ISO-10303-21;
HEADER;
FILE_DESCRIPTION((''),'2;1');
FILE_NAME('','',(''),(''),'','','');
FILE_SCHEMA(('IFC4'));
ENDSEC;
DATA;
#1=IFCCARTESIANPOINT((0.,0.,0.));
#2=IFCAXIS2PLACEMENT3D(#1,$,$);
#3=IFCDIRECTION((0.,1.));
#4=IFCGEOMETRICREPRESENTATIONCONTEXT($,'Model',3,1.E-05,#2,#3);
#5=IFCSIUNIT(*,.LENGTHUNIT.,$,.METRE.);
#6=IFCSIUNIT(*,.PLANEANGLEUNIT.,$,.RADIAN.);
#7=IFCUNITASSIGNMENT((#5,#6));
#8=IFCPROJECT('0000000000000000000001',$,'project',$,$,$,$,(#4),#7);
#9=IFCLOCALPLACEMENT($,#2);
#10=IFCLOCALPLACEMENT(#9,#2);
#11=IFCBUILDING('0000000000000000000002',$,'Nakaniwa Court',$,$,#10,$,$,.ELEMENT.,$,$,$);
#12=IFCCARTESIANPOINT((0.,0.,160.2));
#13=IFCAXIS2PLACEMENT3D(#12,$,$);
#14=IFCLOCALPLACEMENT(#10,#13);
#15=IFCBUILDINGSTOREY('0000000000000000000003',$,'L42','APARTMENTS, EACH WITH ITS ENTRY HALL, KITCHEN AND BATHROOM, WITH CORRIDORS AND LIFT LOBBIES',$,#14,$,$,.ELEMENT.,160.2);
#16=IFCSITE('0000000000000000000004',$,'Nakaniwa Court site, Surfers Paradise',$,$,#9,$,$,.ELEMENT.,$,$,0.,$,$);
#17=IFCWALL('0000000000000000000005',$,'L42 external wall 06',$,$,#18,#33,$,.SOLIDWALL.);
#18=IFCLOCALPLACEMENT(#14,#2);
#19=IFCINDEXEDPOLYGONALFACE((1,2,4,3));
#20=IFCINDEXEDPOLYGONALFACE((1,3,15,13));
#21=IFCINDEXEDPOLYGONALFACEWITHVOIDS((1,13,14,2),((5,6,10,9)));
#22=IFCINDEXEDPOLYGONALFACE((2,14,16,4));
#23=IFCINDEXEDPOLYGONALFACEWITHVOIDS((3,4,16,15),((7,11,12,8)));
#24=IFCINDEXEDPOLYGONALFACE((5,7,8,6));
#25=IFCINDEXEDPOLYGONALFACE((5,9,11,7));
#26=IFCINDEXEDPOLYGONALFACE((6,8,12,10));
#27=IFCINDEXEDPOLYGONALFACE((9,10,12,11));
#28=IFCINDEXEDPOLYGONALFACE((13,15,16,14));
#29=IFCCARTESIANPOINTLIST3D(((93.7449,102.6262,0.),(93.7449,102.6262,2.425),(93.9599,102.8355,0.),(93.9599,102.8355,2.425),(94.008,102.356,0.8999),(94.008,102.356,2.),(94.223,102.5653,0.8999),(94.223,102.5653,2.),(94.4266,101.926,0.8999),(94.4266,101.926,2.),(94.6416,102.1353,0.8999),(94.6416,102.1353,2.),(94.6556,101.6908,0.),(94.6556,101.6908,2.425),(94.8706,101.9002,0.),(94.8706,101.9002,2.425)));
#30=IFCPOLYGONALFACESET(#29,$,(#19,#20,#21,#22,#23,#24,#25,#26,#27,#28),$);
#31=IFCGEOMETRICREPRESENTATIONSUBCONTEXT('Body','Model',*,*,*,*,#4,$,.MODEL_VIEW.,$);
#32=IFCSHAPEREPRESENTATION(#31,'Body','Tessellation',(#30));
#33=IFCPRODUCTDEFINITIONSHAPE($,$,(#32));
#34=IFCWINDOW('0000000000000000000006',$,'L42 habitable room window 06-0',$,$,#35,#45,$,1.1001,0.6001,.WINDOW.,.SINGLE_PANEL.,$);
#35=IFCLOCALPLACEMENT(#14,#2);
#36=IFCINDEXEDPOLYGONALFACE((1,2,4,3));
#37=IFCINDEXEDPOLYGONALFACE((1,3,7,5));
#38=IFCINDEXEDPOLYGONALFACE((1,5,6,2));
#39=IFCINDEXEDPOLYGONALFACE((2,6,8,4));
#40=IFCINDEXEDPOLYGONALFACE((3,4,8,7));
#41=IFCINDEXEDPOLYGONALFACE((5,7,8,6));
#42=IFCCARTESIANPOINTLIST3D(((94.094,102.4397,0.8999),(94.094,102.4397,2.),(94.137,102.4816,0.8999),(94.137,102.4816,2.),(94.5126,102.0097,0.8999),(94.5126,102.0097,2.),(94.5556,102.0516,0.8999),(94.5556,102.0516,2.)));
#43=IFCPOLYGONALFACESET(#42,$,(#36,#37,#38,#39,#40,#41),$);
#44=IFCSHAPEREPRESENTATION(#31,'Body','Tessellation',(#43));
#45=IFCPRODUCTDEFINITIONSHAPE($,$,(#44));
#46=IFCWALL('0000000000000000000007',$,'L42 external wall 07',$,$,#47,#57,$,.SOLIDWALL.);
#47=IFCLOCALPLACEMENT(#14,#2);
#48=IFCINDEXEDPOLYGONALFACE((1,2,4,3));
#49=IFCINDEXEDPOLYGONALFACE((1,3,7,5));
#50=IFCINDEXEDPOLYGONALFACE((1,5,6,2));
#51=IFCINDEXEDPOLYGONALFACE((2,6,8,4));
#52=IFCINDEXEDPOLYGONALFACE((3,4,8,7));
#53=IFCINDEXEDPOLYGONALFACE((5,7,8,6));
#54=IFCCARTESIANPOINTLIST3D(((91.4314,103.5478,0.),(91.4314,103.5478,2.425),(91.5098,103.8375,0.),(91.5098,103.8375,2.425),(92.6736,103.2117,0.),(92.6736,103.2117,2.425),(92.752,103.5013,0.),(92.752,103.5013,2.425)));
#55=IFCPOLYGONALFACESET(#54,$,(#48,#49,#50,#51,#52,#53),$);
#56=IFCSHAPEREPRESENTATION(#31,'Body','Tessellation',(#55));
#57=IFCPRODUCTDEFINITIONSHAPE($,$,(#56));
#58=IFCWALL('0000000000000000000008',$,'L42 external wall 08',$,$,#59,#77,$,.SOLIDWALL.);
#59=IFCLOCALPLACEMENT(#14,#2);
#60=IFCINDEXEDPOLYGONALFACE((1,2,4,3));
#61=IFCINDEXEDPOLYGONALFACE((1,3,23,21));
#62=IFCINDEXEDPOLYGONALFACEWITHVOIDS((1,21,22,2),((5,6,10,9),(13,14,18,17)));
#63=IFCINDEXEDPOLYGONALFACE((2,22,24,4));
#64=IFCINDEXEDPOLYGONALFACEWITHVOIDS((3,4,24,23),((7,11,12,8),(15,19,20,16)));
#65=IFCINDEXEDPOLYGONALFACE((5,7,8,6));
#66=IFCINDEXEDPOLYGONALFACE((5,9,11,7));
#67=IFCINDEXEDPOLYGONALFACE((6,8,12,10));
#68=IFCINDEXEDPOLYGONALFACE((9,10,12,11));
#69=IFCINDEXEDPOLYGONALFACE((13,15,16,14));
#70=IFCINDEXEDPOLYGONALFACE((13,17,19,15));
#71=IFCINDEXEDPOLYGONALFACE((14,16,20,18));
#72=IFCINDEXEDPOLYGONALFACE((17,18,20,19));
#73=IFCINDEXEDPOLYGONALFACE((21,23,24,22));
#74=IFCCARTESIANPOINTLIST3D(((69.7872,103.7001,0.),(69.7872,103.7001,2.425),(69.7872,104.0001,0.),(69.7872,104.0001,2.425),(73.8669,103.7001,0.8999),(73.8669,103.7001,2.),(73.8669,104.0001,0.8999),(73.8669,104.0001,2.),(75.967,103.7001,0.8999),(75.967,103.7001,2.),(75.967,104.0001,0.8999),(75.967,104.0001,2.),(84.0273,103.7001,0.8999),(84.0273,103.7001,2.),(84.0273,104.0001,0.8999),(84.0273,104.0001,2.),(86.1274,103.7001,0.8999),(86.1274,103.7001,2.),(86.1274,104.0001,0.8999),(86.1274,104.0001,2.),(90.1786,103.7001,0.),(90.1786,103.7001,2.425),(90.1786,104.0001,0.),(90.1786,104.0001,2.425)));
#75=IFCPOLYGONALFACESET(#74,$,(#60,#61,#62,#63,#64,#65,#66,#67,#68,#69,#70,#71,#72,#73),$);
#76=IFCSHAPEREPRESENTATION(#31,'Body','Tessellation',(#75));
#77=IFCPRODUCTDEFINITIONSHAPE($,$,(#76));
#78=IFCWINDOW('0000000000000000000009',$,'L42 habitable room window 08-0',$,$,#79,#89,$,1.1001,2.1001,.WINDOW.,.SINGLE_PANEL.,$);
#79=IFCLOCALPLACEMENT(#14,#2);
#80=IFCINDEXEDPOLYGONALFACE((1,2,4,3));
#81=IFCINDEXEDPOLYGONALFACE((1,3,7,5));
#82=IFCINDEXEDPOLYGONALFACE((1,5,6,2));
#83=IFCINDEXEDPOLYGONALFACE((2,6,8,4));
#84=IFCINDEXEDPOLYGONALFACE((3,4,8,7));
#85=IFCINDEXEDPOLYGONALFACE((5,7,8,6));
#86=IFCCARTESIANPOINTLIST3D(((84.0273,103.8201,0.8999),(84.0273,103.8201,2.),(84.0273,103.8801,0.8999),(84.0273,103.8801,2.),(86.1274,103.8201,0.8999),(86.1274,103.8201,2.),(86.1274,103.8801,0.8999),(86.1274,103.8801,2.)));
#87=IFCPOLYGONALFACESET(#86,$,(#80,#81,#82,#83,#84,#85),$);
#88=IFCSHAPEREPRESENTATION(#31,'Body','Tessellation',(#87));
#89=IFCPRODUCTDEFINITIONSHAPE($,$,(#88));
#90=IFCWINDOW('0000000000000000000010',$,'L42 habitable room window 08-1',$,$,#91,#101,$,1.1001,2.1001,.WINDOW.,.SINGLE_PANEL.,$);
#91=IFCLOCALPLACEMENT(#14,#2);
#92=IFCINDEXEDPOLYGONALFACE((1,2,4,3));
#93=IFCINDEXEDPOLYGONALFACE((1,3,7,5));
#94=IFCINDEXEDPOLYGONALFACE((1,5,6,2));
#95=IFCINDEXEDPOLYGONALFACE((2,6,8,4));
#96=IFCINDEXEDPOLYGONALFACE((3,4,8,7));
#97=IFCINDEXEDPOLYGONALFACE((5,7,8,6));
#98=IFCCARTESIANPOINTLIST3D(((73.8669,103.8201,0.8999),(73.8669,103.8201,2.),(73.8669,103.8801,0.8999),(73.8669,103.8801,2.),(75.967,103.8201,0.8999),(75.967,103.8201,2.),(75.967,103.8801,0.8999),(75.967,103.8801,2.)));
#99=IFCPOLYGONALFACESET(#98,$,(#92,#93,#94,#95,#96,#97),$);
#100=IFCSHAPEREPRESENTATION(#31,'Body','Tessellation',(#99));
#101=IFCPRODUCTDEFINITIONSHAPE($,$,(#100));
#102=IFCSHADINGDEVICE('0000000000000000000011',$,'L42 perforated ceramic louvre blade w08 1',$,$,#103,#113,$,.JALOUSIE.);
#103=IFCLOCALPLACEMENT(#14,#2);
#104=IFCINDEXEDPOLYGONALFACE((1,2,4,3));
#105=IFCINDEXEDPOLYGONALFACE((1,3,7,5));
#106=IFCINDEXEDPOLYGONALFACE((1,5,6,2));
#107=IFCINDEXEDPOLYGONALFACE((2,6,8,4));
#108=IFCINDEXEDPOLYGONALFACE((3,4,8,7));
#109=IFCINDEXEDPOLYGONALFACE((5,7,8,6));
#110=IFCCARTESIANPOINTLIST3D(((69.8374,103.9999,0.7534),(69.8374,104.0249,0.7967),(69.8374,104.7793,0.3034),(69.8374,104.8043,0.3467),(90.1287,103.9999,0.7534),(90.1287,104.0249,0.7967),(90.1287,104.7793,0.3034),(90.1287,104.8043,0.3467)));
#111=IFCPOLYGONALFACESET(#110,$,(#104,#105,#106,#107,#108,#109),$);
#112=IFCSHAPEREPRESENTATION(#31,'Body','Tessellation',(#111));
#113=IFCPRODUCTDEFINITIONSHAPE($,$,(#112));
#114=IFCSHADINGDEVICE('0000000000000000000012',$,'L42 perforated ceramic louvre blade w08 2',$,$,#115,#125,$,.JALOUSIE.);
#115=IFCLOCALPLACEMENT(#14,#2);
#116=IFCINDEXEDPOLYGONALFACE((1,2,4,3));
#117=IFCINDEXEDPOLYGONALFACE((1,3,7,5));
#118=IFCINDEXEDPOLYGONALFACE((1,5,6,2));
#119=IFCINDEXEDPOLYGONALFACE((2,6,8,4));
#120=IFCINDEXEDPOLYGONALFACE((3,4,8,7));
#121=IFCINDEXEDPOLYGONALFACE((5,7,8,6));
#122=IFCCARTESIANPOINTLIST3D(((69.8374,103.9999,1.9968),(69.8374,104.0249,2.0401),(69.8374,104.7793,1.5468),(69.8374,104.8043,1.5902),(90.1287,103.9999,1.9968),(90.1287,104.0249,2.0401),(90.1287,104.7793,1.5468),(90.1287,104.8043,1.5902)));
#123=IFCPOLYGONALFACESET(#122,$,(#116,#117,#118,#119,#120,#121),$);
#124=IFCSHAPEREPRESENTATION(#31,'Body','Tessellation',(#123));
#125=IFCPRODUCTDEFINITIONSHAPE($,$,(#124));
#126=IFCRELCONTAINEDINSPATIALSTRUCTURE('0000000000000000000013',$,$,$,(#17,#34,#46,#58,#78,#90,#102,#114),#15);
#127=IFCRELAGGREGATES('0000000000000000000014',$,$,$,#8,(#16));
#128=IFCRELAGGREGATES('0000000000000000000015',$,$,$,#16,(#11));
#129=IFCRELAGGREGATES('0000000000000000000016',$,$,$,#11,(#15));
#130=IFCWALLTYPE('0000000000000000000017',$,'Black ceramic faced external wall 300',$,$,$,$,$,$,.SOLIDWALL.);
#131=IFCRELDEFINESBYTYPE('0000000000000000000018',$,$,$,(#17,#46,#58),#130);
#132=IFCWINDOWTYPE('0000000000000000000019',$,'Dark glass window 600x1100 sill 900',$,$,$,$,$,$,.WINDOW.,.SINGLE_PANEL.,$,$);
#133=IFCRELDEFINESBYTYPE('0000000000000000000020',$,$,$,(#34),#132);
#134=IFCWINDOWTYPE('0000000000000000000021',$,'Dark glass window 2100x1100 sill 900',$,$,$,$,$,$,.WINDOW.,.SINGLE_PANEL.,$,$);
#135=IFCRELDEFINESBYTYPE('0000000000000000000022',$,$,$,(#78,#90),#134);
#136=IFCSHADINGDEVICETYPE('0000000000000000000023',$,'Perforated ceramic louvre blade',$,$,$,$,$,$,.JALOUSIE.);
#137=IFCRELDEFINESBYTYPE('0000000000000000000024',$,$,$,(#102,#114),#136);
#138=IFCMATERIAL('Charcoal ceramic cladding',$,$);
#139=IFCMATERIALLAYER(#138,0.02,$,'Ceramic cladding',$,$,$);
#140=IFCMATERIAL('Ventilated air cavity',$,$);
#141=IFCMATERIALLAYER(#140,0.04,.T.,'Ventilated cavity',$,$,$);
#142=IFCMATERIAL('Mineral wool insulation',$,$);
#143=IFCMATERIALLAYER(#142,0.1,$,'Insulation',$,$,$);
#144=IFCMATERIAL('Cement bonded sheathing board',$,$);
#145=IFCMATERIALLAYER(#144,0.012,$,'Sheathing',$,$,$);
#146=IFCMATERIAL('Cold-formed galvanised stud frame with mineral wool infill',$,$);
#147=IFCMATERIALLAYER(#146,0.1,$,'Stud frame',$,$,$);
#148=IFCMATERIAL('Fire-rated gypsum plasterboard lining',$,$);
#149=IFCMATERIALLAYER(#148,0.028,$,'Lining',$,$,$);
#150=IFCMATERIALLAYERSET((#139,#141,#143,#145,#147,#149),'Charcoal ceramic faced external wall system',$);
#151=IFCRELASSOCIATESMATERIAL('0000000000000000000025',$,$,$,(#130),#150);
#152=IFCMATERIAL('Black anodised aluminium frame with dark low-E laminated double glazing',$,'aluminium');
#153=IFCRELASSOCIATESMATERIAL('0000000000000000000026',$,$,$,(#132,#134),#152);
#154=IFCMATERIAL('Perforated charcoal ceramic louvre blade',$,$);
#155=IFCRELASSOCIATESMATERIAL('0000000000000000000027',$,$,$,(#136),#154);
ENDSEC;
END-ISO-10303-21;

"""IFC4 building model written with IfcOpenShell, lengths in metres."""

from ifc_helpers import new_model, si_unit, direction, frame, frame_2d, origin, origin_2d, place, context, subcontext, project, spatial, rectangle, extrude, material, layer, layer_set, material_profile, profile_set, type_object, element, fill, save


model = new_model("IFC4")

# Units and contexts
model_context = context("Model", 3, precision=1e-05, world=origin(), true_north=direction((0.0, 1.0)))
body_context = subcontext(model_context, "Body", "Model", "MODEL_VIEW")
ifc_project = project(units=[si_unit("LENGTHUNIT", "METRE"), si_unit("PLANEANGLEUNIT", "RADIAN")], contexts=[model_context])

# Site, building, storey
site_placement = place(None, origin())
site = spatial("IfcSite", under=ifc_project, at=site_placement, Name="Nakaniwa Court site, Surfers Paradise", CompositionType="ELEMENT", RefElevation=0.0)
building_placement = place(site_placement, origin())
building = spatial("IfcBuilding", under=site, at=building_placement, Name="Nakaniwa Court", CompositionType="ELEMENT")
storey_placement = place(building_placement, frame((0.0, 0.0, 160.2)))
storey = spatial("IfcBuildingStorey", under=building, at=storey_placement, Name="L42", Description="APARTMENTS, EACH WITH ITS ENTRY HALL, KITCHEN AND BATHROOM, WITH CORRIDORS AND LIFT LOBBIES", CompositionType="ELEMENT", Elevation=160.2)

# Wall, opening, window
ifc_material_1 = material(Name="Charcoal ceramic cladding")
ifc_layer_1 = layer(ifc_material_1, 0.02, Name="Ceramic cladding")
ifc_material_2 = material(Name="Ventilated air cavity")
ifc_layer_2 = layer(ifc_material_2, 0.04, ventilated=True, Name="Ventilated cavity")
ifc_material_3 = material(Name="Mineral wool insulation")
ifc_layer_3 = layer(ifc_material_3, 0.1, Name="Insulation")
ifc_material_4 = material(Name="Cement bonded sheathing board")
ifc_layer_4 = layer(ifc_material_4, 0.012, Name="Sheathing")
ifc_material_5 = material(Name="Cold-formed galvanised stud frame with mineral wool infill")
ifc_layer_5 = layer(ifc_material_5, 0.1, Name="Stud frame")
ifc_material_6 = material(Name="Fire-rated gypsum plasterboard lining")
ifc_layer_6 = layer(ifc_material_6, 0.028, Name="Lining")
ifc_layer_set_1 = layer_set([ifc_layer_1, ifc_layer_2, ifc_layer_3, ifc_layer_4, ifc_layer_5, ifc_layer_6], Name="Charcoal ceramic faced external wall system")
wall_type_1 = type_object("IfcWallType", Name="Black ceramic faced external wall 300", PredefinedType="SOLIDWALL", material=ifc_layer_set_1)
wall_1_placement = place(storey_placement, frame((94.7632, 101.7954, 0.0), z_axis=(0.0, 0.0, 1.0), x_axis=(-0.697599, 0.716488, 0.0)))
wall_1 = element("IfcWall", 1, at=wall_1_placement, inside=storey, type_object=wall_type_1, Name="L42 external wall 06", PredefinedType="SOLIDWALL", context=body_context, shape_type="SweptSolid", body=[
    extrude(rectangle(XDim=1.3054, YDim=0.3, at=frame_2d((0.6528, 0.0))), origin(), (0.0, 0.0, 1.0), 2.425),
])
opening_1_placement = place(wall_1_placement, frame((0.3284, 0.0, 0.8999)))
opening_1 = element("IfcOpeningElement", 2, at=opening_1_placement, cuts=wall_1, PredefinedType="OPENING", context=body_context, shape_type="SweptSolid", body=[
    extrude(rectangle(XDim=0.6001, YDim=1.1001, at=frame_2d((0.3, 0.55))), frame((0.0, 0.1599, 0.0), z_axis=(0.0, -1.0, 0.0), x_axis=(1.0, 0.0, 0.0)), (0.0, 0.0, 1.0), 0.3201),
])
ifc_material_7 = material(Name="Black anodised aluminium frame with dark low-E laminated double glazing", Category="aluminium")
window_type_1 = type_object("IfcWindowType", Name="Dark glass window 600x1100 sill 900", PartitioningType="SINGLE_PANEL", PredefinedType="WINDOW", material=ifc_material_7)
window_1_placement = place(opening_1_placement, origin())
window_1 = element("IfcWindow", 3, at=window_1_placement, inside=storey, type_object=window_type_1, Name="L42 habitable room window 06-0", OverallHeight=1.1001, OverallWidth=0.6001, PartitioningType="SINGLE_PANEL", PredefinedType="WINDOW", context=body_context, shape_type="SweptSolid", body=[
    extrude(rectangle(XDim=0.6001, YDim=1.1001, at=frame_2d((0.3, 0.55))), frame((0.0, 0.03, 0.0), z_axis=(0.0, -1.0, 0.0), x_axis=(1.0, 0.0, 0.0)), (0.0, 0.0, 1.0), 0.0601),
])
fill(opening_1, window_1)

# Wall
wall_2_placement = place(storey_placement, frame((92.7129, 103.3564, 0.0), z_axis=(0.0, 0.0, 1.0), x_axis=(-0.965274, 0.261239, 0.0)))
element("IfcWall", 4, at=wall_2_placement, inside=storey, type_object=wall_type_1, Name="L42 external wall 07", PredefinedType="SOLIDWALL", context=body_context, shape_type="SweptSolid", body=[
    extrude(rectangle(XDim=1.2869, YDim=0.3, at=frame_2d((0.6436, 0.0))), origin(), (0.0, 0.0, 1.0), 2.425),
])

# Wall, openings, windows
wall_3_placement = place(storey_placement, frame((90.1787, 103.8501, 0.0), z_axis=(0.0, 0.0, 1.0), x_axis=(-1.0, 0.0, 0.0)))
wall_3 = element("IfcWall", 5, at=wall_3_placement, inside=storey, type_object=wall_type_1, Name="L42 external wall 08", PredefinedType="SOLIDWALL", context=body_context, shape_type="SweptSolid", body=[
    extrude(rectangle(XDim=20.3914, YDim=0.3, at=frame_2d((10.1958, 0.0))), origin(), (0.0, 0.0, 1.0), 2.425),
])
opening_2_placement = place(wall_3_placement, frame((4.0513, 0.0, 0.8999)))
opening_2 = element("IfcOpeningElement", 6, at=opening_2_placement, cuts=wall_3, PredefinedType="OPENING", context=body_context, shape_type="SweptSolid", body=[
    extrude(rectangle(XDim=2.1001, YDim=1.1001, at=frame_2d((1.05, 0.55))), frame((0.0, 0.1599, 0.0), z_axis=(0.0, -1.0, 0.0), x_axis=(1.0, 0.0, 0.0)), (0.0, 0.0, 1.0), 0.3201),
])
opening_3_placement = place(wall_3_placement, frame((14.2117, 0.0, 0.8999)))
opening_3 = element("IfcOpeningElement", 7, at=opening_3_placement, cuts=wall_3, PredefinedType="OPENING", context=body_context, shape_type="SweptSolid", body=[
    extrude(rectangle(XDim=2.1001, YDim=1.1001, at=frame_2d((1.05, 0.55))), frame((0.0, 0.1599, 0.0), z_axis=(0.0, -1.0, 0.0), x_axis=(1.0, 0.0, 0.0)), (0.0, 0.0, 1.0), 0.3201),
])
window_type_2 = type_object("IfcWindowType", Name="Dark glass window 2100x1100 sill 900", PartitioningType="SINGLE_PANEL", PredefinedType="WINDOW", material=ifc_material_7)
window_2_placement = place(opening_2_placement, origin())
window_2 = element("IfcWindow", 8, at=window_2_placement, inside=storey, type_object=window_type_2, Name="L42 habitable room window 08-0", OverallHeight=1.1001, OverallWidth=2.1001, PartitioningType="SINGLE_PANEL", PredefinedType="WINDOW", context=body_context, shape_type="SweptSolid", body=[
    extrude(rectangle(XDim=2.1001, YDim=1.1001, at=frame_2d((1.05, 0.55))), frame((0.0, 0.03, 0.0), z_axis=(0.0, -1.0, 0.0), x_axis=(1.0, 0.0, 0.0)), (0.0, 0.0, 1.0), 0.0601),
])
fill(opening_2, window_2)
window_3_placement = place(opening_3_placement, origin())
window_3 = element("IfcWindow", 9, at=window_3_placement, inside=storey, type_object=window_type_2, Name="L42 habitable room window 08-1", OverallHeight=1.1001, OverallWidth=2.1001, PartitioningType="SINGLE_PANEL", PredefinedType="WINDOW", context=body_context, shape_type="SweptSolid", body=[
    extrude(rectangle(XDim=2.1001, YDim=1.1001, at=frame_2d((1.05, 0.55))), frame((0.0, 0.03, 0.0), z_axis=(0.0, -1.0, 0.0), x_axis=(1.0, 0.0, 0.0)), (0.0, 0.0, 1.0), 0.0601),
])
fill(opening_3, window_3)

# Shading devices
ifc_material_8 = material(Name="Perforated charcoal ceramic louvre blade")
ifc_material_profile_1 = material_profile(ifc_material_8, rectangle(XDim=0.8999, YDim=0.05, at=origin_2d()), Name="Perforated ceramic louvre blade")
ifc_profile_set_1 = profile_set([ifc_material_profile_1], Name="Perforated charcoal ceramic louvre blade")
shading_device_type = type_object("IfcShadingDeviceType", Name="Perforated ceramic louvre blade", PredefinedType="JALOUSIE", material=ifc_profile_set_1)
for number, where, z_axis, x_axis, name in (
    (10, (90.1287, 104.4021, 0.55), (-1.0, 0.0, 0.0), (0.0, -0.866025, 0.5), "L42 perforated ceramic louvre blade w08 1"),
    (11, (90.1287, 104.4021, 1.7935), (-1.0, 0.0, 0.0), (0.0, -0.866025, 0.5), "L42 perforated ceramic louvre blade w08 2"),
):
    element("IfcShadingDevice", number, at=place(storey_placement, frame(where, z_axis=z_axis, x_axis=x_axis)), inside=storey, type_object=shading_device_type, Name=name, PredefinedType="JALOUSIE", context=body_context, shape_type="SweptSolid", body=[
        extrude(rectangle(XDim=0.8999, YDim=0.05, at=origin_2d()), origin(), (0.0, 0.0, 1.0), 20.2913),
    ])

save(model, "model.ifc")
